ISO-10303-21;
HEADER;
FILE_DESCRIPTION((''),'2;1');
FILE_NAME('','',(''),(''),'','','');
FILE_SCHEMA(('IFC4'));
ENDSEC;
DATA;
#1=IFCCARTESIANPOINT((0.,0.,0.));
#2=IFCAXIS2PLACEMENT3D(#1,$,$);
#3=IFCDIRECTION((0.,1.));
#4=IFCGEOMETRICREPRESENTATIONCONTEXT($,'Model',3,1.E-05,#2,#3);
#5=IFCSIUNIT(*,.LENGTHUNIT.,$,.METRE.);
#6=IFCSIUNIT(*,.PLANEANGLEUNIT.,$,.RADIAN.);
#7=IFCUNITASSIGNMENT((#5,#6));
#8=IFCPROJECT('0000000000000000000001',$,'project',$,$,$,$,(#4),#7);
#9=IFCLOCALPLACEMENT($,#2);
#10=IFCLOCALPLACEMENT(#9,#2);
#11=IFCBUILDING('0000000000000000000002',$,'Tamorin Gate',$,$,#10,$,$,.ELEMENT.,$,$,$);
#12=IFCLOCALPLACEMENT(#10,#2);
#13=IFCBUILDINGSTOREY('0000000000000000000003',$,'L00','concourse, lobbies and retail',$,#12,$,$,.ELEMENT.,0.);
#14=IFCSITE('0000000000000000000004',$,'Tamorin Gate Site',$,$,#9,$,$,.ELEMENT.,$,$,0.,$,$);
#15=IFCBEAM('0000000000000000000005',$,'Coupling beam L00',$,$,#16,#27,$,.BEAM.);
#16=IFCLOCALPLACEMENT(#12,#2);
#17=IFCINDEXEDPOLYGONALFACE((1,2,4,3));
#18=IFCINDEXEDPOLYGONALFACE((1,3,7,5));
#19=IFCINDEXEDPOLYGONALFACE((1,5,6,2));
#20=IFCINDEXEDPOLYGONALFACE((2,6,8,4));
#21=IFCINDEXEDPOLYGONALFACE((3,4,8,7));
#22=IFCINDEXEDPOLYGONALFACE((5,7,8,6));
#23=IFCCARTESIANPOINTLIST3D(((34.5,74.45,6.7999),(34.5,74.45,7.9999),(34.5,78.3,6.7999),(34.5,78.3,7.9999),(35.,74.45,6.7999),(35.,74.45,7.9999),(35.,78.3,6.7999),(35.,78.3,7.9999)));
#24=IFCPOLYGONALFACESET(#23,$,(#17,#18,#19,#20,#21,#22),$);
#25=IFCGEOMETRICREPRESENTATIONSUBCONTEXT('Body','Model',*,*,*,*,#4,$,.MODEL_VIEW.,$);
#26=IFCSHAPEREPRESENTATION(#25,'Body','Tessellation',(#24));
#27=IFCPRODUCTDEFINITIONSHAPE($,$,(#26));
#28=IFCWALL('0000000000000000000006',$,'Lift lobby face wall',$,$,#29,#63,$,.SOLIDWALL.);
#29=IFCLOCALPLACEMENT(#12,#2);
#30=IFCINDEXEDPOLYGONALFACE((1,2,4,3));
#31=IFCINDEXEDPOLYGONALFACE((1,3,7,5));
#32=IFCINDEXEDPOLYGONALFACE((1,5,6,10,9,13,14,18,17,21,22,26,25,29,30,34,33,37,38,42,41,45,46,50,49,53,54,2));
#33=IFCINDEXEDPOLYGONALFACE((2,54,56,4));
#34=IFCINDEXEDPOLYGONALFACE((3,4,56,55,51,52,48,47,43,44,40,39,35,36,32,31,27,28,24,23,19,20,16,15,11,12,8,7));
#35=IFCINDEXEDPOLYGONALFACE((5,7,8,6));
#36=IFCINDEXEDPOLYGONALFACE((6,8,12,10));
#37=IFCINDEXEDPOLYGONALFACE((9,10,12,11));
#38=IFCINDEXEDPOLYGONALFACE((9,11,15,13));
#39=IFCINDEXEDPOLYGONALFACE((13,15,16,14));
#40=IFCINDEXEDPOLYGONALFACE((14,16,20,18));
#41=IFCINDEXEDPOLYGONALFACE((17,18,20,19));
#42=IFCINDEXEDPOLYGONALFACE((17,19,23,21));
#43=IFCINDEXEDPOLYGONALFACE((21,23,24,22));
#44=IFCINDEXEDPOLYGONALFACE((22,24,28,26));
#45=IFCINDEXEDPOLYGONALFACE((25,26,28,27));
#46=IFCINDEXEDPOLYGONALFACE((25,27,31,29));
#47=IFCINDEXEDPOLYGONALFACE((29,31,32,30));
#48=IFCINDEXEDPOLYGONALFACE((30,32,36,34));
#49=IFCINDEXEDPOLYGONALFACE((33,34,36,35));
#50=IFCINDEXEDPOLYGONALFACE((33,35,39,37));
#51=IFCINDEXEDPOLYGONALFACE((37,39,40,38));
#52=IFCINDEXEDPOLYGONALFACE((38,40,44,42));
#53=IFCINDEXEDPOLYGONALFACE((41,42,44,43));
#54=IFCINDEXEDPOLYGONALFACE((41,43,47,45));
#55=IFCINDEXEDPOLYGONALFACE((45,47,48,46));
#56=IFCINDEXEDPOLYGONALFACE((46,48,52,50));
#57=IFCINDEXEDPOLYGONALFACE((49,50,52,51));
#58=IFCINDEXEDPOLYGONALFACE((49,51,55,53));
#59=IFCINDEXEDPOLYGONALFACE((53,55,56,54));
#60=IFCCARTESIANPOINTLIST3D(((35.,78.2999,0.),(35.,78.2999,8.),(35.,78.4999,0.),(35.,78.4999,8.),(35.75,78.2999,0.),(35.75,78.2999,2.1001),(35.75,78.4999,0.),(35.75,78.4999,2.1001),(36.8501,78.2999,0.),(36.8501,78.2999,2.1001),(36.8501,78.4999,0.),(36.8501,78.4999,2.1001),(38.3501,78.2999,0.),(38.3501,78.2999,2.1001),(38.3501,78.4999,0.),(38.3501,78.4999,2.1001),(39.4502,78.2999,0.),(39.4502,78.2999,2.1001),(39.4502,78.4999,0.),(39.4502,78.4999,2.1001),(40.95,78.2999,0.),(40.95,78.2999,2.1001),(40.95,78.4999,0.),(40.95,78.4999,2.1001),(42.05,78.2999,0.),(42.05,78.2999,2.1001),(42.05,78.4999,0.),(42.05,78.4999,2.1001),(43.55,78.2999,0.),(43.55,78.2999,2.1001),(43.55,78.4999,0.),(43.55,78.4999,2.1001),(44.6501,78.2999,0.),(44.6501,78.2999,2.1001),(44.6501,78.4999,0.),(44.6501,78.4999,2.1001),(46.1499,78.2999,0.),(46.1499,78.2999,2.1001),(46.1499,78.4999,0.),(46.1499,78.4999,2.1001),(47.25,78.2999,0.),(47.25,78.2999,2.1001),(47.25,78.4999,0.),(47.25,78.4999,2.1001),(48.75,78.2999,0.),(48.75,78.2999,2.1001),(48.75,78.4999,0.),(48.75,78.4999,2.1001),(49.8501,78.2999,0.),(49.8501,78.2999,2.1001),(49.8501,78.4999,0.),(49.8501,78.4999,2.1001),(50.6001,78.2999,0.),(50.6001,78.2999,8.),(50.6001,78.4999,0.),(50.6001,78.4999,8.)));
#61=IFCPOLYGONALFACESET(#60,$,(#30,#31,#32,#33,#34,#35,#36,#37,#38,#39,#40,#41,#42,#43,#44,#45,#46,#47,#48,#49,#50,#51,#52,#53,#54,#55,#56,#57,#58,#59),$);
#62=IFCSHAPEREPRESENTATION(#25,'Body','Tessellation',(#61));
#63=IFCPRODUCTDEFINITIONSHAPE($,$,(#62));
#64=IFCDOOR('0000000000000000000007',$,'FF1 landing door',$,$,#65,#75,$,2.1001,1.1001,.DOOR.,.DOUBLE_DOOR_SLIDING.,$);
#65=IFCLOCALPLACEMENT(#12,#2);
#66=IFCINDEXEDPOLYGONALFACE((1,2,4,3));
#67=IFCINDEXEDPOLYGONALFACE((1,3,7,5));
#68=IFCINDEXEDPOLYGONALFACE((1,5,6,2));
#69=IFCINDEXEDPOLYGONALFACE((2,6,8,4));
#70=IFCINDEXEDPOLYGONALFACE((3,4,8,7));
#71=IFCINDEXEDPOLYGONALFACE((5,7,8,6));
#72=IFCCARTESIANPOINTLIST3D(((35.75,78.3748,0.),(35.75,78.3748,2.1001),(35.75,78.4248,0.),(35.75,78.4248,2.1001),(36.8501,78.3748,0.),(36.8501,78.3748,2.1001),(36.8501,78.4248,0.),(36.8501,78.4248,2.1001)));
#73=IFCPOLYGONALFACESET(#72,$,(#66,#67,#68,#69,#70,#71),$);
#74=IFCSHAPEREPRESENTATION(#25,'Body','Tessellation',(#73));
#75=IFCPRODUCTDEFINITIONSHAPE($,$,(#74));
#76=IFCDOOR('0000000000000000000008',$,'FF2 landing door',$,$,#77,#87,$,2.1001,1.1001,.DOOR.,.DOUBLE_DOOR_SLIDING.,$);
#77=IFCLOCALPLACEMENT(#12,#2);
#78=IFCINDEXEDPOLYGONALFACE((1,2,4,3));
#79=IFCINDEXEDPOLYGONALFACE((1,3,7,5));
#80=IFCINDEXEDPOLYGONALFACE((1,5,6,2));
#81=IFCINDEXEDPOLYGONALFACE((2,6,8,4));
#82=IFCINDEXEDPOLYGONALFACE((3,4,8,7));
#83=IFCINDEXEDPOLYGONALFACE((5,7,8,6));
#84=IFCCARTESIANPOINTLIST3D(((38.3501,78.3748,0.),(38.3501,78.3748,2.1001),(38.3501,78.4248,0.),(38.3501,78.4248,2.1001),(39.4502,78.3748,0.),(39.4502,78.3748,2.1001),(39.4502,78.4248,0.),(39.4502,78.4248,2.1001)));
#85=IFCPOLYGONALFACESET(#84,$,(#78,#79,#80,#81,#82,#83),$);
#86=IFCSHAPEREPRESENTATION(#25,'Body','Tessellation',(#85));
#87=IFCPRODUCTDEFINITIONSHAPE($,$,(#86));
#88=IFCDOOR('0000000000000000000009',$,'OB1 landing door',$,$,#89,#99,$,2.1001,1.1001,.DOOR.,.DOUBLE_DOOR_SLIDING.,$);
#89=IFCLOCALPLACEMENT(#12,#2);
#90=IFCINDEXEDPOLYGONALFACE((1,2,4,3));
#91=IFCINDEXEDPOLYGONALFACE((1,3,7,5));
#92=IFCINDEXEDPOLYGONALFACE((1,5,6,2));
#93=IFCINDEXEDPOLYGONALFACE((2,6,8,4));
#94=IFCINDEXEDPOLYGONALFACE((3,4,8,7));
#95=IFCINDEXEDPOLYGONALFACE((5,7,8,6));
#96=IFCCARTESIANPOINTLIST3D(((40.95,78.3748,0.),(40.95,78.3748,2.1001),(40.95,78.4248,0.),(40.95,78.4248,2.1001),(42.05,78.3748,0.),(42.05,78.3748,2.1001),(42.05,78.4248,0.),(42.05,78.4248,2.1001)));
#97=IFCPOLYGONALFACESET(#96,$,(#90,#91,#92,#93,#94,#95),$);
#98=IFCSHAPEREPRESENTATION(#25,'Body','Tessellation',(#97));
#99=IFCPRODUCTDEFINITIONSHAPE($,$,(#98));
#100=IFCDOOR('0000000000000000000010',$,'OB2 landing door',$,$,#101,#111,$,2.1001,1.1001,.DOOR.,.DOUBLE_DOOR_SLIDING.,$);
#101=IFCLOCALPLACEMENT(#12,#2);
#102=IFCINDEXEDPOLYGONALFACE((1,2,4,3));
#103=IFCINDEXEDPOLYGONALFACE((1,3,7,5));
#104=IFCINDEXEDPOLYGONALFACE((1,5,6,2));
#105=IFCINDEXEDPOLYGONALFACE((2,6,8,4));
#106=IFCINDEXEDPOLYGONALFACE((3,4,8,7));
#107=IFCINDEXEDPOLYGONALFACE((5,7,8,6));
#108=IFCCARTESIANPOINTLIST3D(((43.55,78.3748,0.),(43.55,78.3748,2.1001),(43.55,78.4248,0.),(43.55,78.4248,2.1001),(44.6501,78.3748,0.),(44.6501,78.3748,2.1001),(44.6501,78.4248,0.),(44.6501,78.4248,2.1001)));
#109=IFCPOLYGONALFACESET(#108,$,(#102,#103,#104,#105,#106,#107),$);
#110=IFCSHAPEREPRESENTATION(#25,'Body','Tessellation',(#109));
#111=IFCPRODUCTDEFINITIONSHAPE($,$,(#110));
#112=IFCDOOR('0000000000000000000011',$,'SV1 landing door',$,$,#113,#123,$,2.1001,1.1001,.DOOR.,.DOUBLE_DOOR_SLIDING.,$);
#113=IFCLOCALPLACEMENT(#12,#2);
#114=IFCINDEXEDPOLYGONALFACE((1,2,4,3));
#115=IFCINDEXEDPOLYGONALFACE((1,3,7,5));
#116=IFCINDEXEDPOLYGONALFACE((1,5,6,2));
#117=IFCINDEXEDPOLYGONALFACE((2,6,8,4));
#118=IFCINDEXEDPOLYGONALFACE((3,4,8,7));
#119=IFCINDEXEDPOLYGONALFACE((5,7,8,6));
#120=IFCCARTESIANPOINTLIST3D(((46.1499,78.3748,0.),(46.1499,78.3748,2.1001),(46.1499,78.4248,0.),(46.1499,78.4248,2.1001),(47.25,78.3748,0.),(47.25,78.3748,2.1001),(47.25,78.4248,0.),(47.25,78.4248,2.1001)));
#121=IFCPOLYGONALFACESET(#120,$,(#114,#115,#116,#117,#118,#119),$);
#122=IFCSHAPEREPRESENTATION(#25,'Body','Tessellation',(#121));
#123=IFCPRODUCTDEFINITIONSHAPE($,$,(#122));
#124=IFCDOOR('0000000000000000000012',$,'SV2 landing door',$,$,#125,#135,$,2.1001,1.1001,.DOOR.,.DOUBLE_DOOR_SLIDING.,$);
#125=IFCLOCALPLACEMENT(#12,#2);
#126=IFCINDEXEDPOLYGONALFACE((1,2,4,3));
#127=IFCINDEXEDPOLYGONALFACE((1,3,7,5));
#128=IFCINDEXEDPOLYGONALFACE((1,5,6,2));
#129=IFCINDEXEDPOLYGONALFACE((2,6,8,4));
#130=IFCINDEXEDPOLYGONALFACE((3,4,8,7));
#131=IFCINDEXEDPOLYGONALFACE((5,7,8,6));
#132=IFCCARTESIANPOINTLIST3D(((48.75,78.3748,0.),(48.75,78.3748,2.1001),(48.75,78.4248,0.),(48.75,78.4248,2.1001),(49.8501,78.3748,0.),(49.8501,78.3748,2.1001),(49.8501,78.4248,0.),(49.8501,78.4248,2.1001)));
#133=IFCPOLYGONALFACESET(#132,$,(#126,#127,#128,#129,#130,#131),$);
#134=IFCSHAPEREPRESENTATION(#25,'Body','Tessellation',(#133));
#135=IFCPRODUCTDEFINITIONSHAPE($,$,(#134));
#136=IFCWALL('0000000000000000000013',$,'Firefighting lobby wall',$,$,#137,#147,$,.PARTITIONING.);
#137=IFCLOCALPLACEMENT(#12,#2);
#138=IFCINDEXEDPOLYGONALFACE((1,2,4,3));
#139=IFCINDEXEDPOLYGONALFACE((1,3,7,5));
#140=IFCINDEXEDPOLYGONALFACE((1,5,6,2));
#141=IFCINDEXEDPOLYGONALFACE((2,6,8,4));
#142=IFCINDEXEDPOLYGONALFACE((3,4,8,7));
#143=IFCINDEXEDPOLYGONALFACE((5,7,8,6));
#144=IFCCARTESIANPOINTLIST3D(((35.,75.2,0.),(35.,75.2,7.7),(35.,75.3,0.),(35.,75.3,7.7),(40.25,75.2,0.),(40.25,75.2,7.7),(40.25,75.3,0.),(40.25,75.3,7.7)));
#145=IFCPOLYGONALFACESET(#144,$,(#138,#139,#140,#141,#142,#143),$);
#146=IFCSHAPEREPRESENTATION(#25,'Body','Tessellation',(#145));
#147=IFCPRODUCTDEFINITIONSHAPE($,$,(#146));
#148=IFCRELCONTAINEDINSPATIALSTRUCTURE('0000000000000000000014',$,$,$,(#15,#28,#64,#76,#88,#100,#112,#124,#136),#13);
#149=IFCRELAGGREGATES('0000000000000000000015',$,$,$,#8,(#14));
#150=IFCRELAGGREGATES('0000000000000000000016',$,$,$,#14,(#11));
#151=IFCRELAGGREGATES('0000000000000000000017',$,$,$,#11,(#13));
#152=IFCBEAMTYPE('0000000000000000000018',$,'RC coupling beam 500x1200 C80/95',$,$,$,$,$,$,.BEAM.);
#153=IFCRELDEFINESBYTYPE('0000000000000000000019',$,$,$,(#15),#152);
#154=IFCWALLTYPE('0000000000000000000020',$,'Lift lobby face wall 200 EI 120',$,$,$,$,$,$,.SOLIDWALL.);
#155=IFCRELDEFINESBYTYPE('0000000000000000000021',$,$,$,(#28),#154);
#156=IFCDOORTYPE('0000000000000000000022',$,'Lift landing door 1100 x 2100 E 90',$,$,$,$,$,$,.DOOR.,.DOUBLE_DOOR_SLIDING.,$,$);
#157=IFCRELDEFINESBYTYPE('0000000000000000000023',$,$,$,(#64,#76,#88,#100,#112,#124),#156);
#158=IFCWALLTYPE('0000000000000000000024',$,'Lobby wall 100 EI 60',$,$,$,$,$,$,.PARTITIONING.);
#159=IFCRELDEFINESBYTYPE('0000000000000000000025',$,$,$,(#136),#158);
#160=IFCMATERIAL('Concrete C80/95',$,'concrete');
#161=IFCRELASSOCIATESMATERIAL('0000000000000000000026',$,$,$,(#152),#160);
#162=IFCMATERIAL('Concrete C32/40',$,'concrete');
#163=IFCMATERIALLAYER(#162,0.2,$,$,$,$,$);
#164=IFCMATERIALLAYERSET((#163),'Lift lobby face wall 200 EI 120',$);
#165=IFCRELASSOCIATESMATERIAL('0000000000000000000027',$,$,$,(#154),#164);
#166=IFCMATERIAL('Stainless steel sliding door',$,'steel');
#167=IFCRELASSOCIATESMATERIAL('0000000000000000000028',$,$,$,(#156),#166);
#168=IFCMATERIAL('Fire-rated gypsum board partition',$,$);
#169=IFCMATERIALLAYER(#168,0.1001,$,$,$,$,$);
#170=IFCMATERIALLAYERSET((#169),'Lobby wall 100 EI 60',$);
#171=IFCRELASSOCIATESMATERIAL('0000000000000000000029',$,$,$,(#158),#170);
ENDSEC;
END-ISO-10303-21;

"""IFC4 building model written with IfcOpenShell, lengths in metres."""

from ifc_helpers import new_model, si_unit, direction, frame, frame_2d, origin, origin_2d, place, context, subcontext, project, spatial, rectangle, extrude, material, layer, layer_set, material_profile, profile_set, type_object, element, fill, save


model = new_model("IFC4")

# Units and contexts
model_context = context("Model", 3, precision=1e-05, world=origin(), true_north=direction((0.0, 1.0)))
body_context = subcontext(model_context, "Body", "Model", "MODEL_VIEW")
ifc_project = project(units=[si_unit("LENGTHUNIT", "METRE"), si_unit("PLANEANGLEUNIT", "RADIAN")], contexts=[model_context])

# Site, building, storey
site_placement = place(None, origin())
site = spatial("IfcSite", under=ifc_project, at=site_placement, Name="Tamorin Gate Site", CompositionType="ELEMENT", RefElevation=0.0)
building_placement = place(site_placement, origin())
building = spatial("IfcBuilding", under=site, at=building_placement, Name="Tamorin Gate", CompositionType="ELEMENT")
storey_placement = place(building_placement, origin())
storey = spatial("IfcBuildingStorey", under=building, at=storey_placement, Name="L00", Description="concourse, lobbies and retail", CompositionType="ELEMENT", Elevation=0.0)

# Beam
ifc_material_1 = material(Name="Concrete C80/95", Category="concrete")
ifc_material_profile = material_profile(ifc_material_1, rectangle(XDim=0.5, YDim=1.2, at=origin_2d()), Name="RC 500x1200")
ifc_profile_set = profile_set([ifc_material_profile], Name="Concrete C80/95")
beam_type = type_object("IfcBeamType", Name="RC coupling beam 500x1200 C80/95", PredefinedType="BEAM", material=ifc_profile_set)
beam_placement = place(storey_placement, frame((34.75, 74.45, 7.3999), z_axis=(0.0, 1.0, 0.0), x_axis=(-1.0, 0.0, 0.0)))
element("IfcBeam", 1, at=beam_placement, inside=storey, type_object=beam_type, Name="Coupling beam L00", PredefinedType="BEAM", context=body_context, shape_type="SweptSolid", body=[
    extrude(rectangle(XDim=0.5, YDim=1.2, at=origin_2d()), origin(), (0.0, 0.0, 1.0), 3.8501),
])

# Wall, openings, doors
ifc_material_2 = material(Name="Concrete C32/40", Category="concrete")
ifc_layer_1 = layer(ifc_material_2, 0.2)
ifc_layer_set_1 = layer_set([ifc_layer_1], Name="Lift lobby face wall 200 EI 120")
wall_type_1 = type_object("IfcWallType", Name="Lift lobby face wall 200 EI 120", PredefinedType="SOLIDWALL", material=ifc_layer_set_1)
wall_1_placement = place(storey_placement, frame((35.0, 78.3999, 0.0), z_axis=(0.0, 0.0, 1.0), x_axis=(1.0, 0.0, 0.0)))
wall_1 = element("IfcWall", 2, at=wall_1_placement, inside=storey, type_object=wall_type_1, Name="Lift lobby face wall", PredefinedType="SOLIDWALL", context=body_context, shape_type="SweptSolid", body=[
    extrude(rectangle(XDim=15.6001, YDim=0.2, at=frame_2d((7.8, 0.0))), origin(), (0.0, 0.0, 1.0), 8.0),
])
opening_1_placement = place(wall_1_placement, frame((0.75, 0.0, 0.0)))
opening_1 = element("IfcOpeningElement", 3, at=opening_1_placement, cuts=wall_1, PredefinedType="OPENING", context=body_context, shape_type="SweptSolid", body=[
    extrude(rectangle(XDim=1.1001, YDim=2.1001, at=frame_2d((0.55, 1.05))), frame((0.0, 0.1099, 0.0), z_axis=(0.0, -1.0, 0.0), x_axis=(1.0, 0.0, 0.0)), (0.0, 0.0, 1.0), 0.22),
])
opening_2_placement = place(wall_1_placement, frame((3.3501, 0.0, 0.0)))
opening_2 = element("IfcOpeningElement", 4, at=opening_2_placement, cuts=wall_1, PredefinedType="OPENING", context=body_context, shape_type="SweptSolid", body=[
    extrude(rectangle(XDim=1.1001, YDim=2.1001, at=frame_2d((0.55, 1.05))), frame((0.0, 0.1099, 0.0), z_axis=(0.0, -1.0, 0.0), x_axis=(1.0, 0.0, 0.0)), (0.0, 0.0, 1.0), 0.22),
])
opening_3_placement = place(wall_1_placement, frame((5.95, 0.0, 0.0)))
opening_3 = element("IfcOpeningElement", 5, at=opening_3_placement, cuts=wall_1, PredefinedType="OPENING", context=body_context, shape_type="SweptSolid", body=[
    extrude(rectangle(XDim=1.1001, YDim=2.1001, at=frame_2d((0.55, 1.05))), frame((0.0, 0.1099, 0.0), z_axis=(0.0, -1.0, 0.0), x_axis=(1.0, 0.0, 0.0)), (0.0, 0.0, 1.0), 0.22),
])
opening_4_placement = place(wall_1_placement, frame((8.55, 0.0, 0.0)))
opening_4 = element("IfcOpeningElement", 6, at=opening_4_placement, cuts=wall_1, PredefinedType="OPENING", context=body_context, shape_type="SweptSolid", body=[
    extrude(rectangle(XDim=1.1001, YDim=2.1001, at=frame_2d((0.55, 1.05))), frame((0.0, 0.1099, 0.0), z_axis=(0.0, -1.0, 0.0), x_axis=(1.0, 0.0, 0.0)), (0.0, 0.0, 1.0), 0.22),
])
opening_5_placement = place(wall_1_placement, frame((11.1499, 0.0, 0.0)))
opening_5 = element("IfcOpeningElement", 7, at=opening_5_placement, cuts=wall_1, PredefinedType="OPENING", context=body_context, shape_type="SweptSolid", body=[
    extrude(rectangle(XDim=1.1001, YDim=2.1001, at=frame_2d((0.55, 1.05))), frame((0.0, 0.1099, 0.0), z_axis=(0.0, -1.0, 0.0), x_axis=(1.0, 0.0, 0.0)), (0.0, 0.0, 1.0), 0.22),
])
opening_6_placement = place(wall_1_placement, frame((13.75, 0.0, 0.0)))
opening_6 = element("IfcOpeningElement", 8, at=opening_6_placement, cuts=wall_1, PredefinedType="OPENING", context=body_context, shape_type="SweptSolid", body=[
    extrude(rectangle(XDim=1.1001, YDim=2.1001, at=frame_2d((0.55, 1.05))), frame((0.0, 0.1099, 0.0), z_axis=(0.0, -1.0, 0.0), x_axis=(1.0, 0.0, 0.0)), (0.0, 0.0, 1.0), 0.22),
])
ifc_material_3 = material(Name="Stainless steel sliding door", Category="steel")
door_type_1 = type_object("IfcDoorType", Name="Lift landing door 1100 x 2100 E 90", OperationType="DOUBLE_DOOR_SLIDING", PredefinedType="DOOR", material=ifc_material_3)
door_1_placement = place(opening_1_placement, origin())
door_1 = element("IfcDoor", 9, at=door_1_placement, inside=storey, type_object=door_type_1, Name="FF1 landing door", OperationType="DOUBLE_DOOR_SLIDING", OverallHeight=2.1001, OverallWidth=1.1001, PredefinedType="DOOR", context=body_context, shape_type="SweptSolid", body=[
    extrude(rectangle(XDim=1.1001, YDim=2.1001, at=frame_2d((0.55, 1.05))), frame((0.0, 0.0249, 0.0), z_axis=(0.0, -1.0, 0.0), x_axis=(1.0, 0.0, 0.0)), (0.0, 0.0, 1.0), 0.05),
])
fill(opening_1, door_1)
door_2_placement = place(opening_2_placement, origin())
door_2 = element("IfcDoor", 10, at=door_2_placement, inside=storey, type_object=door_type_1, Name="FF2 landing door", OperationType="DOUBLE_DOOR_SLIDING", OverallHeight=2.1001, OverallWidth=1.1001, PredefinedType="DOOR", context=body_context, shape_type="SweptSolid", body=[
    extrude(rectangle(XDim=1.1001, YDim=2.1001, at=frame_2d((0.55, 1.05))), frame((0.0, 0.0249, 0.0), z_axis=(0.0, -1.0, 0.0), x_axis=(1.0, 0.0, 0.0)), (0.0, 0.0, 1.0), 0.05),
])
fill(opening_2, door_2)
door_3_placement = place(opening_3_placement, origin())
door_3 = element("IfcDoor", 11, at=door_3_placement, inside=storey, type_object=door_type_1, Name="OB1 landing door", OperationType="DOUBLE_DOOR_SLIDING", OverallHeight=2.1001, OverallWidth=1.1001, PredefinedType="DOOR", context=body_context, shape_type="SweptSolid", body=[
    extrude(rectangle(XDim=1.1001, YDim=2.1001, at=frame_2d((0.55, 1.05))), frame((0.0, 0.0249, 0.0), z_axis=(0.0, -1.0, 0.0), x_axis=(1.0, 0.0, 0.0)), (0.0, 0.0, 1.0), 0.05),
])
fill(opening_3, door_3)
door_4_placement = place(opening_4_placement, origin())
door_4 = element("IfcDoor", 12, at=door_4_placement, inside=storey, type_object=door_type_1, Name="OB2 landing door", OperationType="DOUBLE_DOOR_SLIDING", OverallHeight=2.1001, OverallWidth=1.1001, PredefinedType="DOOR", context=body_context, shape_type="SweptSolid", body=[
    extrude(rectangle(XDim=1.1001, YDim=2.1001, at=frame_2d((0.55, 1.05))), frame((0.0, 0.0249, 0.0), z_axis=(0.0, -1.0, 0.0), x_axis=(1.0, 0.0, 0.0)), (0.0, 0.0, 1.0), 0.05),
])
fill(opening_4, door_4)
door_5_placement = place(opening_5_placement, origin())
door_5 = element("IfcDoor", 13, at=door_5_placement, inside=storey, type_object=door_type_1, Name="SV1 landing door", OperationType="DOUBLE_DOOR_SLIDING", OverallHeight=2.1001, OverallWidth=1.1001, PredefinedType="DOOR", context=body_context, shape_type="SweptSolid", body=[
    extrude(rectangle(XDim=1.1001, YDim=2.1001, at=frame_2d((0.55, 1.05))), frame((0.0, 0.0249, 0.0), z_axis=(0.0, -1.0, 0.0), x_axis=(1.0, 0.0, 0.0)), (0.0, 0.0, 1.0), 0.05),
])
fill(opening_5, door_5)
door_6_placement = place(opening_6_placement, origin())
door_6 = element("IfcDoor", 14, at=door_6_placement, inside=storey, type_object=door_type_1, Name="SV2 landing door", OperationType="DOUBLE_DOOR_SLIDING", OverallHeight=2.1001, OverallWidth=1.1001, PredefinedType="DOOR", context=body_context, shape_type="SweptSolid", body=[
    extrude(rectangle(XDim=1.1001, YDim=2.1001, at=frame_2d((0.55, 1.05))), frame((0.0, 0.0249, 0.0), z_axis=(0.0, -1.0, 0.0), x_axis=(1.0, 0.0, 0.0)), (0.0, 0.0, 1.0), 0.05),
])
fill(opening_6, door_6)

# Wall
ifc_material_4 = material(Name="Fire-rated gypsum board partition")
ifc_layer_2 = layer(ifc_material_4, 0.1001)
ifc_layer_set_2 = layer_set([ifc_layer_2], Name="Lobby wall 100 EI 60")
wall_type_2 = type_object("IfcWallType", Name="Lobby wall 100 EI 60", PredefinedType="PARTITIONING", material=ifc_layer_set_2)
wall_2_placement = place(storey_placement, frame((35.0, 75.25, 0.0), z_axis=(0.0, 0.0, 1.0), x_axis=(1.0, 0.0, 0.0)))
element("IfcWall", 15, at=wall_2_placement, inside=storey, type_object=wall_type_2, Name="Firefighting lobby wall", PredefinedType="PARTITIONING", context=body_context, shape_type="SweptSolid", body=[
    extrude(rectangle(XDim=5.25, YDim=0.1001, at=frame_2d((2.625, 0.0))), origin(), (0.0, 0.0, 1.0), 7.7),
])

save(model, "model.ifc")
